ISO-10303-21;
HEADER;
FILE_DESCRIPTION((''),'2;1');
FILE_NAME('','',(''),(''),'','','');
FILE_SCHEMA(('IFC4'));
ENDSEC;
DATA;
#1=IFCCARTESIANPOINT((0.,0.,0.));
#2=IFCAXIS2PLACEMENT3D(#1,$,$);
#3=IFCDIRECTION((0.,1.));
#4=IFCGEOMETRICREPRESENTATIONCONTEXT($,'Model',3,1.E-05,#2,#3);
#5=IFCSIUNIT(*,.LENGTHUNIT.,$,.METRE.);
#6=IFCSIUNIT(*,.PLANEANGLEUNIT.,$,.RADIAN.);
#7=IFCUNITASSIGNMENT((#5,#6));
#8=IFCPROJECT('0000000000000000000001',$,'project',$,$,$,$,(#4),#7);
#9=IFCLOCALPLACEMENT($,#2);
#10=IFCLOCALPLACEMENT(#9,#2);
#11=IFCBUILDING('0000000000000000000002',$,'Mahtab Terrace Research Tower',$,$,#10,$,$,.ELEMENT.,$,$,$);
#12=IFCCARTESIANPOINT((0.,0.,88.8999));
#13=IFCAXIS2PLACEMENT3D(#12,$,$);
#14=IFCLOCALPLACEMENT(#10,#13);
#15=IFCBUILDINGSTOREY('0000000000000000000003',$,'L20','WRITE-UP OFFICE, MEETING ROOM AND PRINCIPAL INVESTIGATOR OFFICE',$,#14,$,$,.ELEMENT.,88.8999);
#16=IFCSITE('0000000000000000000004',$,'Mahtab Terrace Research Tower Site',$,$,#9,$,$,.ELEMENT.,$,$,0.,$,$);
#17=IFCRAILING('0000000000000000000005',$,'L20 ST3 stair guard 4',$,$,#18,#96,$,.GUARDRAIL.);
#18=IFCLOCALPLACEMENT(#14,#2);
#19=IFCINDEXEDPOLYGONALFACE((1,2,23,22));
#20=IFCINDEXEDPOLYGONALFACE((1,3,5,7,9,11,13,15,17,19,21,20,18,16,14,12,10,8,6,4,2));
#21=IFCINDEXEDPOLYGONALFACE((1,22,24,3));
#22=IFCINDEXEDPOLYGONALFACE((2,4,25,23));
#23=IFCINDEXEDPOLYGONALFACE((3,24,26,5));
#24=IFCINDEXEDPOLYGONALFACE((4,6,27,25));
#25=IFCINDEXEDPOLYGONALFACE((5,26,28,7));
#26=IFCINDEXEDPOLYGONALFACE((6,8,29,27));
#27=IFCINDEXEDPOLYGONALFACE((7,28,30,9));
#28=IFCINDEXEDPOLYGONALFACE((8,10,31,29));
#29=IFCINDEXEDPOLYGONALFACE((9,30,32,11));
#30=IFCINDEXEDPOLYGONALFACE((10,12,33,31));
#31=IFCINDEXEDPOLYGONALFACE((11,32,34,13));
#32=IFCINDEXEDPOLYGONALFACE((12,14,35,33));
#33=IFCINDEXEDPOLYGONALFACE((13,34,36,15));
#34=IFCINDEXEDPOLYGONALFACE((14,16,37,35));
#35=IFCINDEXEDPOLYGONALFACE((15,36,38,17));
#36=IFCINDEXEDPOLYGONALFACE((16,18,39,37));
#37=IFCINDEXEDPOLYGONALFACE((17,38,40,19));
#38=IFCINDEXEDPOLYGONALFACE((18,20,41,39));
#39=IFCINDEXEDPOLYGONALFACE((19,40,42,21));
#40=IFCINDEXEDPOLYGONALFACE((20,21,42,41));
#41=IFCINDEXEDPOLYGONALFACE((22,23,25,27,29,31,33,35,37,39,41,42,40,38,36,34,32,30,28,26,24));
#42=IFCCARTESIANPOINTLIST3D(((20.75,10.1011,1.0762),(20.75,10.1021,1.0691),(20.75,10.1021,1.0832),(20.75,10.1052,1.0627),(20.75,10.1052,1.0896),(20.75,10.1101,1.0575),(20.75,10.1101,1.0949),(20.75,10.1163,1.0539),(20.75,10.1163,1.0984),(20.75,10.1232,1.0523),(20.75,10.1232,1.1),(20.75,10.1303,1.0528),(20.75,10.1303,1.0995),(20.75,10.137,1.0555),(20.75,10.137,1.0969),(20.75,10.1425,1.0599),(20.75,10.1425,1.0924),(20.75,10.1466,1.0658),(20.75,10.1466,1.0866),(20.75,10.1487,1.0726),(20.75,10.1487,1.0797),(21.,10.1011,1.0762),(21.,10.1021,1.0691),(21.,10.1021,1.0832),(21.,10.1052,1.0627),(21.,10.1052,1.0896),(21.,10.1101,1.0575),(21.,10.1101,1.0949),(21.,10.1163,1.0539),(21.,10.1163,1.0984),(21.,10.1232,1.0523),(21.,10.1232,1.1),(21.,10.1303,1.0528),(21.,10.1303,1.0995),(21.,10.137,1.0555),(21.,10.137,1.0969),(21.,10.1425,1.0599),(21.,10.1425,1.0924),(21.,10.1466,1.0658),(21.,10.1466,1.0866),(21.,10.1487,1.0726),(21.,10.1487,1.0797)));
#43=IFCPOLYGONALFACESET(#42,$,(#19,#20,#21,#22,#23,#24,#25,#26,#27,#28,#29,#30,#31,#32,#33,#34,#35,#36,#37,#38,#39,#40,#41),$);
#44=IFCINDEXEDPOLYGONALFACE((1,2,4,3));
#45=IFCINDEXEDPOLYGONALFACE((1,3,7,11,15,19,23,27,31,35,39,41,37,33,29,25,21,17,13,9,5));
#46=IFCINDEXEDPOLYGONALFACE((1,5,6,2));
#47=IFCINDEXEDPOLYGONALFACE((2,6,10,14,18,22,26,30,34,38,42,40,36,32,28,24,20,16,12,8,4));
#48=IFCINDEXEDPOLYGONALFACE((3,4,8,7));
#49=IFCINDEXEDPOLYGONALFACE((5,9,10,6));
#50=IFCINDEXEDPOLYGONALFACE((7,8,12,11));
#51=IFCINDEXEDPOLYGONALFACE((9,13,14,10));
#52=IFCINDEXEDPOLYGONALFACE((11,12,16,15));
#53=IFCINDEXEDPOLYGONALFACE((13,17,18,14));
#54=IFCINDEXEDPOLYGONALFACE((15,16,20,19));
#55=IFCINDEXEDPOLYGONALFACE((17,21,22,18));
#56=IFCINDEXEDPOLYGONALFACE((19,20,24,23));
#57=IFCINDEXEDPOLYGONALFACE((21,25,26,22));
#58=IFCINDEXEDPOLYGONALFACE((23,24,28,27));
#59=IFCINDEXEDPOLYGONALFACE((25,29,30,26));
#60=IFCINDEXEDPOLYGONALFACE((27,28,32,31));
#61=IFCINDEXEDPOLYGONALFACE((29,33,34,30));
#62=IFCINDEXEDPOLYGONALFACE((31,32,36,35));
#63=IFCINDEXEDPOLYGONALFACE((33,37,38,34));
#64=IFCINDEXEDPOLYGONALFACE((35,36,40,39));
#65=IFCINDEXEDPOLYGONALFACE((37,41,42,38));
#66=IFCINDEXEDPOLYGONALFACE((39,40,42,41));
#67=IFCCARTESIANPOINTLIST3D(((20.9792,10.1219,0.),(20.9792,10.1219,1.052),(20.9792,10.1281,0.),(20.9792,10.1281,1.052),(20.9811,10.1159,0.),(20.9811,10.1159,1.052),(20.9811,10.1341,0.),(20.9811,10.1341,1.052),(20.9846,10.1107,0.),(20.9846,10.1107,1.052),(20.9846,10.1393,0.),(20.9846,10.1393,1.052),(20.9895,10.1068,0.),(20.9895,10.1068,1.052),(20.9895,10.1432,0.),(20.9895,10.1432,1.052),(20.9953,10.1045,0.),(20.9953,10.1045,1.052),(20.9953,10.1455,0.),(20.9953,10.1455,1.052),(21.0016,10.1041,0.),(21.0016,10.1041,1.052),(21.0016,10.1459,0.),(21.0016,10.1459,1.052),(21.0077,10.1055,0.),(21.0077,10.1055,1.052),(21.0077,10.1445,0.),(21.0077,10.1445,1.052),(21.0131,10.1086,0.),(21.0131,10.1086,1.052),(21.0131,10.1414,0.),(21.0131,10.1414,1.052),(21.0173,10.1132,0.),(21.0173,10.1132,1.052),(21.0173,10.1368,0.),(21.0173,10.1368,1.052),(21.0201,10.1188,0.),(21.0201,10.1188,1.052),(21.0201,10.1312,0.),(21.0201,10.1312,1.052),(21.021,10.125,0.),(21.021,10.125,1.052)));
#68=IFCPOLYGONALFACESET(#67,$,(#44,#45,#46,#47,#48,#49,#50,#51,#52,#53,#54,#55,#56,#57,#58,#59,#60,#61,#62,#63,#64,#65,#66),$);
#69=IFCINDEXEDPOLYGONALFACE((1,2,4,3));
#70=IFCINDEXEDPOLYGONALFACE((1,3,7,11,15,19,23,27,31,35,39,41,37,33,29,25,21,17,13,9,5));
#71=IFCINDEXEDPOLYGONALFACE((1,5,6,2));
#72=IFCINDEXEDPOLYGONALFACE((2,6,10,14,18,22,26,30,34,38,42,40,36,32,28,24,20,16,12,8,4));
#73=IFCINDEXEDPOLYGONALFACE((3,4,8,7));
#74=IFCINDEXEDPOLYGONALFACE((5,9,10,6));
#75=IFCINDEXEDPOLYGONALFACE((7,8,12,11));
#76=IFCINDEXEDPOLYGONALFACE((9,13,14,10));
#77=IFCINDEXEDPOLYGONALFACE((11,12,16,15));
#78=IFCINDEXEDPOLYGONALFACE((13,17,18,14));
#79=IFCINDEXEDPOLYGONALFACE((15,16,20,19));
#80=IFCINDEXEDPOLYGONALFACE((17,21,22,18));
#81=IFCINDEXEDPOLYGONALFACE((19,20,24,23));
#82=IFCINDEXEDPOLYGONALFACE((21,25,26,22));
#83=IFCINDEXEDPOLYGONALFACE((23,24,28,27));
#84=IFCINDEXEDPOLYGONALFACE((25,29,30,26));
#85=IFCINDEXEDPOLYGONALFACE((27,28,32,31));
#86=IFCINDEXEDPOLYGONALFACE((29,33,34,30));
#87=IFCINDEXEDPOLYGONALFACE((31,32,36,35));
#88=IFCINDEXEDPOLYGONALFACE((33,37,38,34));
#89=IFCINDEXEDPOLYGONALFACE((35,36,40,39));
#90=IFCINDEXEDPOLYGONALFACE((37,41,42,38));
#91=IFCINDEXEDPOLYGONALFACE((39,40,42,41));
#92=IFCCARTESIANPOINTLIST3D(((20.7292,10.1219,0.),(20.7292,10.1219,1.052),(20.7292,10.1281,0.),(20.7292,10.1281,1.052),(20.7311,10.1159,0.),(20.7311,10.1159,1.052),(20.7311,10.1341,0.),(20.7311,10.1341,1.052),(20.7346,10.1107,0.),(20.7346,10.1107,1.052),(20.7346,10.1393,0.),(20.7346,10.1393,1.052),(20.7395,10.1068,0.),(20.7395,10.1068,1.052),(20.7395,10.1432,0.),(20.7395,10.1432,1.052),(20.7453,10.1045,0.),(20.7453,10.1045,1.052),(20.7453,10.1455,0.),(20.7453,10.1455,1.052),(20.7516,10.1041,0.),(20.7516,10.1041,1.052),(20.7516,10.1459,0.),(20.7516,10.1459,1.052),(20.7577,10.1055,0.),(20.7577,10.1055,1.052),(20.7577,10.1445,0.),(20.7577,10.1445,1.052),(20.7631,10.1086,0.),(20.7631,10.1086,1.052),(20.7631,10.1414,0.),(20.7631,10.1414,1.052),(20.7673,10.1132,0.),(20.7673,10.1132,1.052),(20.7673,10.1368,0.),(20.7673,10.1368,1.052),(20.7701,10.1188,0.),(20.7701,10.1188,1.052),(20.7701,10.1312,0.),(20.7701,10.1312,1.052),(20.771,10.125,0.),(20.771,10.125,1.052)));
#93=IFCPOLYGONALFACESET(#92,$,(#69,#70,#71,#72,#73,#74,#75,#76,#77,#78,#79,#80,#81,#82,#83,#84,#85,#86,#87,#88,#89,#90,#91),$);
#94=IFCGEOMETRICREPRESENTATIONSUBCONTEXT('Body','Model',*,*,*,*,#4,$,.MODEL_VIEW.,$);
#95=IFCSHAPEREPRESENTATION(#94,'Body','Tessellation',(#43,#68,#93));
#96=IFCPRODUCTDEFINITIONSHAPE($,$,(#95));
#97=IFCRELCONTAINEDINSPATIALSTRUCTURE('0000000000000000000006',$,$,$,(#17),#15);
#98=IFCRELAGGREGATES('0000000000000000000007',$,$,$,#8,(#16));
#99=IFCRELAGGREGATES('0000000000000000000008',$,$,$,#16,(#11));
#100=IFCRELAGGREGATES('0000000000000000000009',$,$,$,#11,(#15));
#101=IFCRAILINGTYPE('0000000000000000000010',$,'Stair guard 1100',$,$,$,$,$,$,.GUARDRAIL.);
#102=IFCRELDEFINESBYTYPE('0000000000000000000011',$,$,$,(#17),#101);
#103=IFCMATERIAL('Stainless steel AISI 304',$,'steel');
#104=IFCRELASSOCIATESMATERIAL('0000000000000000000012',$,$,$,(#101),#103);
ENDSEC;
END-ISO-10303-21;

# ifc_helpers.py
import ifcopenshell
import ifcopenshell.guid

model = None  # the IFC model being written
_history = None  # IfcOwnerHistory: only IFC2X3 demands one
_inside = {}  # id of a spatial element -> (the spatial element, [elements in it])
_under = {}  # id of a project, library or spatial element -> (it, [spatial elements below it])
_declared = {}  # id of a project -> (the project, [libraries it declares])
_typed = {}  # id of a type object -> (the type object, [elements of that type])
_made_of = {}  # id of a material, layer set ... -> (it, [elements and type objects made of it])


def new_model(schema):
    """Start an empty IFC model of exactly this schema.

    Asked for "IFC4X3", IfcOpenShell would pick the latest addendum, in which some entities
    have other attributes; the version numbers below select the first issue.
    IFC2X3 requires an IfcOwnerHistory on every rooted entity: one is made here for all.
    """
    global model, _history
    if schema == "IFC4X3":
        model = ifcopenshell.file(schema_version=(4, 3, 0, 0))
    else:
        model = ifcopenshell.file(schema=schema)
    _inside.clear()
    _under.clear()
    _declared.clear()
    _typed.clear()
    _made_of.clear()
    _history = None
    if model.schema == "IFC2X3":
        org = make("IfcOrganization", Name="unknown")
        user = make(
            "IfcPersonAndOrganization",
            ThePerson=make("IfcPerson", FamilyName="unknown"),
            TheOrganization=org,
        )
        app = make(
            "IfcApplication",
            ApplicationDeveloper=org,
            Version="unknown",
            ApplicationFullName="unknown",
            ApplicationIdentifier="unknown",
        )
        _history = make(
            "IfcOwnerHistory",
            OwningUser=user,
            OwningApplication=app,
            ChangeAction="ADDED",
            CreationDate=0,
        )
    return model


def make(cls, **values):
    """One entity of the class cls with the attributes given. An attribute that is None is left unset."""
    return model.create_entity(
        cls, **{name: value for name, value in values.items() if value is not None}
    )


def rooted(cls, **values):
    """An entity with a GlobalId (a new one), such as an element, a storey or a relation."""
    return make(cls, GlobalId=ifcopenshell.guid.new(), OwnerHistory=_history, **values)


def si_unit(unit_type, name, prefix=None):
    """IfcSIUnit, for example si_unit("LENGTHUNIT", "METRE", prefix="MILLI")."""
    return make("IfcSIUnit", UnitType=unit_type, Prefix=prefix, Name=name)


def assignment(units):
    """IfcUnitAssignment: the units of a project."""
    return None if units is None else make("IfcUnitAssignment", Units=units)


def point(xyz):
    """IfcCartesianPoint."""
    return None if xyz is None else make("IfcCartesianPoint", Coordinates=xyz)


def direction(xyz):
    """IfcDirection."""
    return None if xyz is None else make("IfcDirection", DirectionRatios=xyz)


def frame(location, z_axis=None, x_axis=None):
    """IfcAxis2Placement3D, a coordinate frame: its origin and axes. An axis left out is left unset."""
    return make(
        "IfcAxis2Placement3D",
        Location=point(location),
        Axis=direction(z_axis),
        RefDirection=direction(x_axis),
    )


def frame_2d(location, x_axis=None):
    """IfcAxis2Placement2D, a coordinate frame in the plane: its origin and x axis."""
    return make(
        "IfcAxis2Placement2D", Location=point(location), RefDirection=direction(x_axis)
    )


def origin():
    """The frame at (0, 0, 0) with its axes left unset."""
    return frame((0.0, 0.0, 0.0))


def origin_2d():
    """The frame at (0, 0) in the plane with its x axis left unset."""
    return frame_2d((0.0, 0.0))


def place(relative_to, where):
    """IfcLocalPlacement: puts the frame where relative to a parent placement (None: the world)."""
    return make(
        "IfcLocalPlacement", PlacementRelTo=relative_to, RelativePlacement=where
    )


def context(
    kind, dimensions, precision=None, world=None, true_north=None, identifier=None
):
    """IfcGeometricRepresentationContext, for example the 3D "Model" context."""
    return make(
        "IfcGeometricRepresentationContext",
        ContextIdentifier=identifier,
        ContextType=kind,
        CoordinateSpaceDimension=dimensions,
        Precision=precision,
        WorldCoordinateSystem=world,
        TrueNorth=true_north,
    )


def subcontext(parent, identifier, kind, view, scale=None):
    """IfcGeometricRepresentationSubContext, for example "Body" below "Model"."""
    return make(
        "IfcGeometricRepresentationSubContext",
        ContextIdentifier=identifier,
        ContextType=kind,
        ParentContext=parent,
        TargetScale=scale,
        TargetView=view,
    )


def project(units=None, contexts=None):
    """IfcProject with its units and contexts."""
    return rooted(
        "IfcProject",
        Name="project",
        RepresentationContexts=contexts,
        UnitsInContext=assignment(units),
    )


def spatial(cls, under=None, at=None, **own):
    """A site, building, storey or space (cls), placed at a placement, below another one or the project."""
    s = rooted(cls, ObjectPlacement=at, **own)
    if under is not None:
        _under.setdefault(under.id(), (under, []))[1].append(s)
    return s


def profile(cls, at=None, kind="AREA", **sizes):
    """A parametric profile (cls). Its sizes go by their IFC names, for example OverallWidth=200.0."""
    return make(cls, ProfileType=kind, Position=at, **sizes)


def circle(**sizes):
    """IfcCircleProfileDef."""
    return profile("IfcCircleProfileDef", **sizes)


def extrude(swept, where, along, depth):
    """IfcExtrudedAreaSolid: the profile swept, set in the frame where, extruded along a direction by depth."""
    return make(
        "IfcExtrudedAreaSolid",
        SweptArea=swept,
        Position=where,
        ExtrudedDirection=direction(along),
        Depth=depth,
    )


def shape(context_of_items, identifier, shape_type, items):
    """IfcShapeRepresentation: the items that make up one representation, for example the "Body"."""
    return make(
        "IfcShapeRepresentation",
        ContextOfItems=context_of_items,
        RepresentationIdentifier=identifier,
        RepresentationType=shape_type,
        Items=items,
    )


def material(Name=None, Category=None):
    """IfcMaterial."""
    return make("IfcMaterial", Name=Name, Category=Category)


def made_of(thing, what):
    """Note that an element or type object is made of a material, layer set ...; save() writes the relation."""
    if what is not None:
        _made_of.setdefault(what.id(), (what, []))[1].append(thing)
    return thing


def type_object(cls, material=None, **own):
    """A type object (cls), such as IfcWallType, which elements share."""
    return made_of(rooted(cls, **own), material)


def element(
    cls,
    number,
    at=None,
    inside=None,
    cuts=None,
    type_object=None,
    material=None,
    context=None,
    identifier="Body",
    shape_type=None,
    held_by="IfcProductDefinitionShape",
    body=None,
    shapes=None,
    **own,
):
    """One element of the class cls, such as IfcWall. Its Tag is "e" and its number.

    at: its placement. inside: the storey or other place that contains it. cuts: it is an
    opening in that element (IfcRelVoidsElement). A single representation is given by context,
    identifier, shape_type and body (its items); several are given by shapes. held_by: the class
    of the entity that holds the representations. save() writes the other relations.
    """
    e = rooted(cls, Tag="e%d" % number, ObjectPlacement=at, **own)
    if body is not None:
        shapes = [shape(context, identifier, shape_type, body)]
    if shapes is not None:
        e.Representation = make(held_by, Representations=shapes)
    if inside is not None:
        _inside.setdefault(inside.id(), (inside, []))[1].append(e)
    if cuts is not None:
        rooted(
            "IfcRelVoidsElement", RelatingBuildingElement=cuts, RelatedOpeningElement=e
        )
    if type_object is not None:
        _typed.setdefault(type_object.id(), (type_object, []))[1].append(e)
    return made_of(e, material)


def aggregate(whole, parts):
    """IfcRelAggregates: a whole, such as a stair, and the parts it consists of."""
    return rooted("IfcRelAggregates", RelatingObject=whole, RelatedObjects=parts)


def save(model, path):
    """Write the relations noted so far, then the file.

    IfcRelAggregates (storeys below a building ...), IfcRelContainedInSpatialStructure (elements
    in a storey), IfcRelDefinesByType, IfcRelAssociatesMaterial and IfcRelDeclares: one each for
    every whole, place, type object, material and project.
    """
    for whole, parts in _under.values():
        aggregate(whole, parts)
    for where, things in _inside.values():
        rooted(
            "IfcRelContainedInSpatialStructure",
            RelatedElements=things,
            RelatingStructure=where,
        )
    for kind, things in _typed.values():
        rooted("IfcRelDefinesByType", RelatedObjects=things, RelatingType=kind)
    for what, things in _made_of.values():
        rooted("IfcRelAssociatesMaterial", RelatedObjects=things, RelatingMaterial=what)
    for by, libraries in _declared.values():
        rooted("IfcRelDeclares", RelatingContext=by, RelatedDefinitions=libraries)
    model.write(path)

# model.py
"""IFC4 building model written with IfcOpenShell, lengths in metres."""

from ifc_helpers import new_model, si_unit, direction, frame, origin, origin_2d, place, context, subcontext, project, spatial, circle, extrude, material, type_object, element, save


model = new_model("IFC4")

# Units and contexts
model_context = context("Model", 3, precision=1e-05, world=origin(), true_north=direction((0.0, 1.0)))
body_context = subcontext(model_context, "Body", "Model", "MODEL_VIEW")
ifc_project = project(units=[si_unit("LENGTHUNIT", "METRE"), si_unit("PLANEANGLEUNIT", "RADIAN")], contexts=[model_context])

# Site, building, storey
site_placement = place(None, origin())
site = spatial("IfcSite", under=ifc_project, at=site_placement, Name="Mahtab Terrace Research Tower Site", CompositionType="ELEMENT", RefElevation=0.0)
building_placement = place(site_placement, origin())
building = spatial("IfcBuilding", under=site, at=building_placement, Name="Mahtab Terrace Research Tower", CompositionType="ELEMENT")
storey_placement = place(building_placement, frame((0.0, 0.0, 88.8999)))
storey = spatial("IfcBuildingStorey", under=building, at=storey_placement, Name="L20", Description="WRITE-UP OFFICE, MEETING ROOM AND PRINCIPAL INVESTIGATOR OFFICE", CompositionType="ELEMENT", Elevation=88.8999)

# Shared definitions
ifc_material_1 = material(Name="Stainless steel AISI 304", Category="steel")

# Railing
railing_type_1 = type_object("IfcRailingType", Name="Stair guard 1100", PredefinedType="GUARDRAIL", material=ifc_material_1)
railing_1_placement = place(storey_placement, frame((21.0, 10.125, 0.0)))
element("IfcRailing", 1, at=railing_1_placement, inside=storey, type_object=railing_type_1, Name="L20 ST3 stair guard 4", PredefinedType="GUARDRAIL", context=body_context, shape_type="SweptSolid", body=[
    extrude(circle(Radius=0.0239, at=origin_2d()), frame((0.0, 0.0, 1.0762), z_axis=(-1.0, 0.0, 0.0), x_axis=(0.0, -1.0, 0.0)), (0.0, 0.0, 1.0), 0.25),
    extrude(circle(Radius=0.021, at=origin_2d()), origin(), (0.0, 0.0, 1.0), 1.052),
    extrude(circle(Radius=0.021, at=origin_2d()), frame((-0.25, 0.0, 0.0)), (0.0, 0.0, 1.0), 1.052),
])

save(model, "model.ifc")
